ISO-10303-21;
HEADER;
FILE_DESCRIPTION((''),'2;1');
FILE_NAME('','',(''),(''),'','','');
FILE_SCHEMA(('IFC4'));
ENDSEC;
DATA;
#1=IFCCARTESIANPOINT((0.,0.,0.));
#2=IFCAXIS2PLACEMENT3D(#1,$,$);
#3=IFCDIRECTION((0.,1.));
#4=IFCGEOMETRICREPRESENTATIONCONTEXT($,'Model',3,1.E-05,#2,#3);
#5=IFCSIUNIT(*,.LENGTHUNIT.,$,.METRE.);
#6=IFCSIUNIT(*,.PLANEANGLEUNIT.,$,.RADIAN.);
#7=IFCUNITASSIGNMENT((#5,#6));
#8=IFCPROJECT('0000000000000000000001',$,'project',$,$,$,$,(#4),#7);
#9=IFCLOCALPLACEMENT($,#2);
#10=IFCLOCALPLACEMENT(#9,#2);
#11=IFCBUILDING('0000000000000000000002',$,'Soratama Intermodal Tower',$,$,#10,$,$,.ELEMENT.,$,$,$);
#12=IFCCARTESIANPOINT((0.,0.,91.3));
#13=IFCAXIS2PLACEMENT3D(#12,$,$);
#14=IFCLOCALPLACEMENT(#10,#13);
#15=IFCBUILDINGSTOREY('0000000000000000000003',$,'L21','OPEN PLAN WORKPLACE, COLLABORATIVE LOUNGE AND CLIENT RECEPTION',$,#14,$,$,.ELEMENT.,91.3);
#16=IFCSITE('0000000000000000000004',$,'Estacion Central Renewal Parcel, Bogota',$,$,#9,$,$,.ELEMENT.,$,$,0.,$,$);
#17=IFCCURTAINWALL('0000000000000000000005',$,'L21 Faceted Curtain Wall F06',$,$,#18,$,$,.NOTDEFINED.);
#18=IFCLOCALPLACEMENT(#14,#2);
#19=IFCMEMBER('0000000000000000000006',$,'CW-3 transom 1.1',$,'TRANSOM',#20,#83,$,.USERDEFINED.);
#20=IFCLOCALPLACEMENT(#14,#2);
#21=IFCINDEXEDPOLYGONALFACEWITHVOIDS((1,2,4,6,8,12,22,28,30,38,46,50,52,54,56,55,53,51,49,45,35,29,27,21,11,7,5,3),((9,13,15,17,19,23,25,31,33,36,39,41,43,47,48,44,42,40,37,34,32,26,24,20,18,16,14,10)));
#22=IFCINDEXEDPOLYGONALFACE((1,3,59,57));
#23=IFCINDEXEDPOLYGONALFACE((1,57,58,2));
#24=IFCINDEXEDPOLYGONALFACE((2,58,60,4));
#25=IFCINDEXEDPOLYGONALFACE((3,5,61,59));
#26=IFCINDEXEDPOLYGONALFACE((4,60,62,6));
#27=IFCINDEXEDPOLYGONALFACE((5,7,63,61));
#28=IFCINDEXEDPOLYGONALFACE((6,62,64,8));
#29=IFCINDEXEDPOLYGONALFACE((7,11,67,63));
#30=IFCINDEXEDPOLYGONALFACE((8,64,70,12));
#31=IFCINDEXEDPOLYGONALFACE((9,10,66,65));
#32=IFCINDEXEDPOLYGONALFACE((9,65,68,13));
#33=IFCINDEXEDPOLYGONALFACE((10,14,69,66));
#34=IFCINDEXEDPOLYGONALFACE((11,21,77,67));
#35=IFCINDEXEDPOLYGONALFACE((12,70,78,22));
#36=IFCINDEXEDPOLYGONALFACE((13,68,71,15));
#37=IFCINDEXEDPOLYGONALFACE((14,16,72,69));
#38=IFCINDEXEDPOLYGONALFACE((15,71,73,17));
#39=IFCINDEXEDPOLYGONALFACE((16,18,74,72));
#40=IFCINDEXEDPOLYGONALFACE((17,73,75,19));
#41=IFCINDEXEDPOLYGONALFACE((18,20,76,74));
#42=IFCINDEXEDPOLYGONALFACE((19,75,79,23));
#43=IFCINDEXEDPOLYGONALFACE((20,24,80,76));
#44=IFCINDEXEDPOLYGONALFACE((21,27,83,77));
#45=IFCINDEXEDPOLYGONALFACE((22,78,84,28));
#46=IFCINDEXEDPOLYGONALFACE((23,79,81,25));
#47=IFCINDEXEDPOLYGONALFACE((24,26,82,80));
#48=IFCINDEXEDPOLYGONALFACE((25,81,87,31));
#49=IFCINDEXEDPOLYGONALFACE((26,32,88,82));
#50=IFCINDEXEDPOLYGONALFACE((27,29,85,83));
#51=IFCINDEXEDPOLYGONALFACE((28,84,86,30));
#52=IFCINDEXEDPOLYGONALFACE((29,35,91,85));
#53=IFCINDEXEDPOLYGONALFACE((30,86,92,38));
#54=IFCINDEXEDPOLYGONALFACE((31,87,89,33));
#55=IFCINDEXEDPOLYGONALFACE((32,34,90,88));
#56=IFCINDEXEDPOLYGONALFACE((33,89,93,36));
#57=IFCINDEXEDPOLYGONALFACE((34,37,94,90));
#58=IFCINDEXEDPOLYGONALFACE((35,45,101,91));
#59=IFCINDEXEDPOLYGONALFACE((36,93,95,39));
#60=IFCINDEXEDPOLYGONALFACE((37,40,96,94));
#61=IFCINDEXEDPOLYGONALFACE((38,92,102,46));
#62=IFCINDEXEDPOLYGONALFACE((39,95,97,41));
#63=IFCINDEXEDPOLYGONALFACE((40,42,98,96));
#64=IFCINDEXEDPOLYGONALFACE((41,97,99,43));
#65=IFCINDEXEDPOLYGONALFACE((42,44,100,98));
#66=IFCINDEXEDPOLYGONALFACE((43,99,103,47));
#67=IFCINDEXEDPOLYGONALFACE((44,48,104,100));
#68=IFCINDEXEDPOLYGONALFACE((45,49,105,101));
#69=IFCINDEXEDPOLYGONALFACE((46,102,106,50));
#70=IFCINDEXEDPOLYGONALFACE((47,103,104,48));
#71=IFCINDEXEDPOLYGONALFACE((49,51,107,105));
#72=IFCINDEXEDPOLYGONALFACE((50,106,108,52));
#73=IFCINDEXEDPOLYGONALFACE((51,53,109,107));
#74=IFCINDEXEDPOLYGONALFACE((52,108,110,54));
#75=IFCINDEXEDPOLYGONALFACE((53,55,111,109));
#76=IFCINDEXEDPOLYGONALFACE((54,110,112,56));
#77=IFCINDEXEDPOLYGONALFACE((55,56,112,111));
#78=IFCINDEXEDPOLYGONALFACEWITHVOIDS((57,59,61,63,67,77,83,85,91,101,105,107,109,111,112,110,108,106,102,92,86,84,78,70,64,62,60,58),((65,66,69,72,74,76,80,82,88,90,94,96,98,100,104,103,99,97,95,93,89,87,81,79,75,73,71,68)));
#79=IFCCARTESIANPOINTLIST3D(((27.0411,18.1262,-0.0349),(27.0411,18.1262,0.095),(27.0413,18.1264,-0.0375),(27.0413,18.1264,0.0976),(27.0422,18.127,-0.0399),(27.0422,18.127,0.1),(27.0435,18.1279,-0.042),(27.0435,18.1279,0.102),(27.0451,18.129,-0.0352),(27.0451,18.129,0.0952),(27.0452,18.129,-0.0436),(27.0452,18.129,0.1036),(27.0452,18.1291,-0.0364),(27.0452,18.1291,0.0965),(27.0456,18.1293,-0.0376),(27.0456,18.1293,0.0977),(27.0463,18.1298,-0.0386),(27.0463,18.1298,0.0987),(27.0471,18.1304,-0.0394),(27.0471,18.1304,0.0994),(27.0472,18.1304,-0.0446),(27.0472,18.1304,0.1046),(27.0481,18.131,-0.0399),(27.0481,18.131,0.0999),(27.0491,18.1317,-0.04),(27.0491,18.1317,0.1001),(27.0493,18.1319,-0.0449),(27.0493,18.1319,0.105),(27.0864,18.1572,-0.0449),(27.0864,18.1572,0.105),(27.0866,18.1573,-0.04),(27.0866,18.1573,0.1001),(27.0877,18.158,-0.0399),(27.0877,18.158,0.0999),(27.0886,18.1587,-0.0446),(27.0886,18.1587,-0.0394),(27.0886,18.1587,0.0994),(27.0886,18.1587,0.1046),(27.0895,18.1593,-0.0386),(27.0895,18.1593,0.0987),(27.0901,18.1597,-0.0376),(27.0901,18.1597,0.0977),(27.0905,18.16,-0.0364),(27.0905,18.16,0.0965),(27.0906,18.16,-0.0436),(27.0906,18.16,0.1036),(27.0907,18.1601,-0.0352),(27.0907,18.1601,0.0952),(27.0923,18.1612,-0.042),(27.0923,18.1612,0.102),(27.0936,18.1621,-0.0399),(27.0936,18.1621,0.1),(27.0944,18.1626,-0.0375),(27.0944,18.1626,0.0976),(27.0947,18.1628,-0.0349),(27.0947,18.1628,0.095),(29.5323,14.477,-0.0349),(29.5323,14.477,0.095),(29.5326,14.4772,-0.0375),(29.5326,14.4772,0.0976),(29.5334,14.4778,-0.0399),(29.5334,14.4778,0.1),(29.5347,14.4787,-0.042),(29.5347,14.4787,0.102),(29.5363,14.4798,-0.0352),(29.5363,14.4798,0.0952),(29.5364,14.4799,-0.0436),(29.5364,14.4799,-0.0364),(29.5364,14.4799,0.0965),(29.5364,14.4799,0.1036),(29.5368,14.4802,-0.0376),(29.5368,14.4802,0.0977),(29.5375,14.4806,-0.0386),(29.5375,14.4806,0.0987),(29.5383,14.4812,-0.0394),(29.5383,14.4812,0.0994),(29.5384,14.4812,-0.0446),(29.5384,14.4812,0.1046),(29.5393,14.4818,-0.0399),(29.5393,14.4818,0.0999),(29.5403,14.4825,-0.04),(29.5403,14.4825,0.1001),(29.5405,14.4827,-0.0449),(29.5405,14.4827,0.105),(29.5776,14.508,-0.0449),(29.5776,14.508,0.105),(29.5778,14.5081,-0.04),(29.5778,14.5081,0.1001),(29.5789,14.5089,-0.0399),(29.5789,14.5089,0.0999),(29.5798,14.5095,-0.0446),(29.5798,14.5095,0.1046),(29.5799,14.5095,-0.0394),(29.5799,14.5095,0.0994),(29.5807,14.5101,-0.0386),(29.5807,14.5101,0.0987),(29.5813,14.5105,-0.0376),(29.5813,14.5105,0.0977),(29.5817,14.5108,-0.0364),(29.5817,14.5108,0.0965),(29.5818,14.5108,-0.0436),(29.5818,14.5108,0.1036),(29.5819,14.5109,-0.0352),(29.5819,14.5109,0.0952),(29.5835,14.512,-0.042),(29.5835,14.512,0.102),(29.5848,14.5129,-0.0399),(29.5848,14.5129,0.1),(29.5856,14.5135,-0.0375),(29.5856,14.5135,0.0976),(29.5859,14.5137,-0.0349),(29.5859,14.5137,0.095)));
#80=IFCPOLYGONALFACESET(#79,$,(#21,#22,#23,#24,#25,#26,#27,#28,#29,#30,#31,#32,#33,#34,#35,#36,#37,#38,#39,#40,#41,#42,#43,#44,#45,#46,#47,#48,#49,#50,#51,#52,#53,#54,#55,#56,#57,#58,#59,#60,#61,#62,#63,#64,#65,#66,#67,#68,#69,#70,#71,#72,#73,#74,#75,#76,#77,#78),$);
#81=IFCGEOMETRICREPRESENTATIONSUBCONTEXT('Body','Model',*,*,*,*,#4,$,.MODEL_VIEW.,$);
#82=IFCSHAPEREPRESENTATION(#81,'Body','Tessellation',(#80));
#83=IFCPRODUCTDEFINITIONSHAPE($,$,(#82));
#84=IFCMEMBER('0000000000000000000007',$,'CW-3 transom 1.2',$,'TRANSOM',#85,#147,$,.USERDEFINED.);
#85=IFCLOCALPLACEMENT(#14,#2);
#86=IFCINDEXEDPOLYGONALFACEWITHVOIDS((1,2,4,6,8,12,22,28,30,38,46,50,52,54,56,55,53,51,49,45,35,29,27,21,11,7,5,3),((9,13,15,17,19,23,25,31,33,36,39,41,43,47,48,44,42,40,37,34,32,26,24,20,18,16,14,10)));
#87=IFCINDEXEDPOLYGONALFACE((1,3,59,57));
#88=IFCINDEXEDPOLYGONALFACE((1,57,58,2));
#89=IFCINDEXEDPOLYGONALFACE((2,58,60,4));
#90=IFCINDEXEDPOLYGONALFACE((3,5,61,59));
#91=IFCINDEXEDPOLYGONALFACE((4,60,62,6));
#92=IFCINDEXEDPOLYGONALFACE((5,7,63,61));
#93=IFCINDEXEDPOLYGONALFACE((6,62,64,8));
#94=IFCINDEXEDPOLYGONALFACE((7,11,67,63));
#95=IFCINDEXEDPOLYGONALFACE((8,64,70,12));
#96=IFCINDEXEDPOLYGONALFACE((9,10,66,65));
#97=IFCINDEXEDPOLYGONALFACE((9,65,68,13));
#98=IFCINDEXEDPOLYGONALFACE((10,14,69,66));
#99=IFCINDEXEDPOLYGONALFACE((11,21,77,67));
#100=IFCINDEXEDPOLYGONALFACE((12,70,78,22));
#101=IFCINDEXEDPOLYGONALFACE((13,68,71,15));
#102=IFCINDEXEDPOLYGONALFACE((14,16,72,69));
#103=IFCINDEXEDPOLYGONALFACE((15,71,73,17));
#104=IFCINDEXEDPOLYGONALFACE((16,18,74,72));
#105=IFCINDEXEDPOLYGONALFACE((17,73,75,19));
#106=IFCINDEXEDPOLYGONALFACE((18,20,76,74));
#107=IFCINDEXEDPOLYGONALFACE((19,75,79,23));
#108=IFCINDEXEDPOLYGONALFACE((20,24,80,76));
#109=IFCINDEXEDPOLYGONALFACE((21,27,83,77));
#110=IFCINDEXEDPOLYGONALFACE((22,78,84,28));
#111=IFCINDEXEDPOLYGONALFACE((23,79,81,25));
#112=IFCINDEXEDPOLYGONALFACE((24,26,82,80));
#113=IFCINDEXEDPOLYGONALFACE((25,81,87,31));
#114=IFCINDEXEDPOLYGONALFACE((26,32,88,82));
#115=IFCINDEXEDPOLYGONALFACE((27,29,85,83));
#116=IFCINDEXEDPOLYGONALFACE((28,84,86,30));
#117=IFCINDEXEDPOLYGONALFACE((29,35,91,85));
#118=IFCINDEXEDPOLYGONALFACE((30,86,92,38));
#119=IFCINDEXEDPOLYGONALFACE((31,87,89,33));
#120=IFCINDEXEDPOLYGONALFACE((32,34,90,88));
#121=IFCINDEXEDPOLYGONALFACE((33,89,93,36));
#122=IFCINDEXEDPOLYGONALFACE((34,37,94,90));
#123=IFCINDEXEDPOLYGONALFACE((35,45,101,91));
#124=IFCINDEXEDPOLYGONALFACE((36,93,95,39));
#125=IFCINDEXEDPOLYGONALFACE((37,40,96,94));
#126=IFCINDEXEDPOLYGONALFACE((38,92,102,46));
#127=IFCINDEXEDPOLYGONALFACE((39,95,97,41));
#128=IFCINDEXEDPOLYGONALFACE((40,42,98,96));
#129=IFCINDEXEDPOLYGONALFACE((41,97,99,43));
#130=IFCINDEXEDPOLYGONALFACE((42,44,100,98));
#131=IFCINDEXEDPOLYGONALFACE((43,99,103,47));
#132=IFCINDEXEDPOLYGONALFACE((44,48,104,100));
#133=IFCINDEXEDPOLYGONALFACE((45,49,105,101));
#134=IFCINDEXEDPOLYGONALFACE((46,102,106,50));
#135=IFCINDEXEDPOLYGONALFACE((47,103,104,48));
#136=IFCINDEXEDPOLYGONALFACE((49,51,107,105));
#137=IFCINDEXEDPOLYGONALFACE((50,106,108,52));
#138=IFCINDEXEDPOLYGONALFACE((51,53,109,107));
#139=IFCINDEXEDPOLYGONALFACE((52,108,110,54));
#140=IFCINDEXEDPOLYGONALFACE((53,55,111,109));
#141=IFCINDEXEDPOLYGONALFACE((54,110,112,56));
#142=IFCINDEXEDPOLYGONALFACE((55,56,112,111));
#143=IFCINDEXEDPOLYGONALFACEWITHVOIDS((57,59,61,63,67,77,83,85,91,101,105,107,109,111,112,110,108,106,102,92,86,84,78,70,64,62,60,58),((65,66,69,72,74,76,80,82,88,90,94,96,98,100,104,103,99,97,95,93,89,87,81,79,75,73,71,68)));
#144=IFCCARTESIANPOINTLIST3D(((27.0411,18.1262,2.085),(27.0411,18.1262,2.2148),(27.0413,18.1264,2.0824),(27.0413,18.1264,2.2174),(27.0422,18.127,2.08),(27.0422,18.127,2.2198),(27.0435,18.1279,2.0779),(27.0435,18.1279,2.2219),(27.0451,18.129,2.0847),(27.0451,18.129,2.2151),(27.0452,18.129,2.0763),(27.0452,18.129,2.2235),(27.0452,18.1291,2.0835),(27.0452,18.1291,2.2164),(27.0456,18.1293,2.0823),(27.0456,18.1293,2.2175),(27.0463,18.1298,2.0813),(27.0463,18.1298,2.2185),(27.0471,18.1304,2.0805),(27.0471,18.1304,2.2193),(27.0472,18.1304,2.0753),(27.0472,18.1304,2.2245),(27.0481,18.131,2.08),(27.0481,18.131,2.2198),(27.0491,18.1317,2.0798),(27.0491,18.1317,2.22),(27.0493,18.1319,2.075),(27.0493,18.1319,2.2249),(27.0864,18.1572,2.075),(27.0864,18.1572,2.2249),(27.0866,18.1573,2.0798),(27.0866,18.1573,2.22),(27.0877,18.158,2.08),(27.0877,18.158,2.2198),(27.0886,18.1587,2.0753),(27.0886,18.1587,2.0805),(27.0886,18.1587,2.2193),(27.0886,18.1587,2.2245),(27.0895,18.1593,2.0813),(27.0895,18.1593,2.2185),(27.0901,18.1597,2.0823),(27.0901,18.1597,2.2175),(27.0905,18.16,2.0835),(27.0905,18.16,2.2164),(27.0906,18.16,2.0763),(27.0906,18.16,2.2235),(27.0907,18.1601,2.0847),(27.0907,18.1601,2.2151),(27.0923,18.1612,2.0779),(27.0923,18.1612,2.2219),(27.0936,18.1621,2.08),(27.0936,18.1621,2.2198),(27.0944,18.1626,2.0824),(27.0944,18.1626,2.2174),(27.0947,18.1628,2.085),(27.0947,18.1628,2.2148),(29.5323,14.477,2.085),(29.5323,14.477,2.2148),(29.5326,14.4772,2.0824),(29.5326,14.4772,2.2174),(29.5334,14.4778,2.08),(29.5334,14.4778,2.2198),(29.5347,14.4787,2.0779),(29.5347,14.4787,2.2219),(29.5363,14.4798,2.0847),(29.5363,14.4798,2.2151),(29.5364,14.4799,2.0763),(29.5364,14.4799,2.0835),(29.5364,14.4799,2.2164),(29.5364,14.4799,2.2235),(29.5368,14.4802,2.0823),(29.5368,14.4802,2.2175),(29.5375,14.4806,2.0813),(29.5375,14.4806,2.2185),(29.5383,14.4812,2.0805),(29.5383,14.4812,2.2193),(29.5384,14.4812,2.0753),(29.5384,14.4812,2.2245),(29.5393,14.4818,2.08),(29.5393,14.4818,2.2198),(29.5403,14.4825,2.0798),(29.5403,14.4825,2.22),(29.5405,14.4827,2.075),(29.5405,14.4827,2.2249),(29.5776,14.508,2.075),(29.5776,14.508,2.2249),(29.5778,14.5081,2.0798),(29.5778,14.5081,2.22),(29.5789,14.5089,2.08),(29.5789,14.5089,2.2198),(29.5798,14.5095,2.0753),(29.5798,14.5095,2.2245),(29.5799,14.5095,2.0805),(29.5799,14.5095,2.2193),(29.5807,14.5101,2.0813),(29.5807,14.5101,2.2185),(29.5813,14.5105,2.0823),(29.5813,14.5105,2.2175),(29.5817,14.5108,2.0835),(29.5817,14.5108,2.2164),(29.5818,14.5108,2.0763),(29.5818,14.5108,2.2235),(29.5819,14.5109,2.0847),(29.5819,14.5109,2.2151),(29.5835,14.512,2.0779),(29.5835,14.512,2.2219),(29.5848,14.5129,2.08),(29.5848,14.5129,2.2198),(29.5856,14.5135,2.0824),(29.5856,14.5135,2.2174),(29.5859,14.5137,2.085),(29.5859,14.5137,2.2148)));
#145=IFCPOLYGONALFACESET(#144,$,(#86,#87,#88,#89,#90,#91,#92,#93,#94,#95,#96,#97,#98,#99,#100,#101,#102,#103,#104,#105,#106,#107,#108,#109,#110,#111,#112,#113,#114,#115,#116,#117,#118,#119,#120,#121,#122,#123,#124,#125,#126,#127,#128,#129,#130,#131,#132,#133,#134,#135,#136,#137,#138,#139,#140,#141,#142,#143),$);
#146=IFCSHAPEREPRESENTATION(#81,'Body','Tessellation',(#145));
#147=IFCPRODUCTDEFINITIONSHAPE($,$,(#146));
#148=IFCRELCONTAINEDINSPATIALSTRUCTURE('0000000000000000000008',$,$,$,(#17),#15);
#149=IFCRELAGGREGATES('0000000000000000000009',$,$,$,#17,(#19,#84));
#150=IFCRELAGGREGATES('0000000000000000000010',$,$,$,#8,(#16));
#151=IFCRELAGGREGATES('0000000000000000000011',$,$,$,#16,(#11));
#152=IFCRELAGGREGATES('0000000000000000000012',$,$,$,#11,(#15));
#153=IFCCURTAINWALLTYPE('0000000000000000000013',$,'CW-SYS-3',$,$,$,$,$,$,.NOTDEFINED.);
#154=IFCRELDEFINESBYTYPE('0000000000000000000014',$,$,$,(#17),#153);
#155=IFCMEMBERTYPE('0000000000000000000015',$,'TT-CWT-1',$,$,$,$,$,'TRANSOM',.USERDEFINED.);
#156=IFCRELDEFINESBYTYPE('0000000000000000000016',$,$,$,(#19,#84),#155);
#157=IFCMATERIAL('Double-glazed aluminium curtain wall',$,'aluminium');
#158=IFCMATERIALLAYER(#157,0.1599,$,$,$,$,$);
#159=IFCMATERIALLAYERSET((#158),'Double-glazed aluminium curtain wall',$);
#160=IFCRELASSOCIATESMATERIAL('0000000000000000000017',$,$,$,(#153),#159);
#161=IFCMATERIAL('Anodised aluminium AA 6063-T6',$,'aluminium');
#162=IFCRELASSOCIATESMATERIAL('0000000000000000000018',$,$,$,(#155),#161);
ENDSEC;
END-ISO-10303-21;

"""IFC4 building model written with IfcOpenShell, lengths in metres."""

from ifc_helpers import new_model, si_unit, direction, frame, origin, origin_2d, place, context, subcontext, project, spatial, hollow_rectangle, extrude, material, layer, layer_set, material_profile, profile_set, type_object, element, aggregate, save


model = new_model("IFC4")

# Units and contexts
model_context = context("Model", 3, precision=1e-05, world=origin(), true_north=direction((0.0, 1.0)))
body_context = subcontext(model_context, "Body", "Model", "MODEL_VIEW")
ifc_project = project(units=[si_unit("LENGTHUNIT", "METRE"), si_unit("PLANEANGLEUNIT", "RADIAN")], contexts=[model_context])

# Site, building, storey
site_placement = place(None, origin())
site = spatial("IfcSite", under=ifc_project, at=site_placement, Name="Estacion Central Renewal Parcel, Bogota", CompositionType="ELEMENT", RefElevation=0.0)
building_placement = place(site_placement, origin())
building = spatial("IfcBuilding", under=site, at=building_placement, Name="Soratama Intermodal Tower", CompositionType="ELEMENT")
storey_placement = place(building_placement, frame((0.0, 0.0, 91.3)))
storey = spatial("IfcBuildingStorey", under=building, at=storey_placement, Name="L21", Description="OPEN PLAN WORKPLACE, COLLABORATIVE LOUNGE AND CLIENT RECEPTION", CompositionType="ELEMENT", Elevation=91.3)

# Curtain wall, members
ifc_material_1 = material(Name="Double-glazed aluminium curtain wall", Category="aluminium")
ifc_layer_1 = layer(ifc_material_1, 0.1599)
ifc_layer_set_1 = layer_set([ifc_layer_1], Name="Double-glazed aluminium curtain wall")
curtain_wall_type = type_object("IfcCurtainWallType", Name="CW-SYS-3", PredefinedType="NOTDEFINED", material=ifc_layer_set_1)
curtain_wall_placement = place(storey_placement, origin())
curtain_wall = element("IfcCurtainWall", 1, at=curtain_wall_placement, inside=storey, type_object=curtain_wall_type, Name="L21 Faceted Curtain Wall F06", PredefinedType="NOTDEFINED")
ifc_material_2 = material(Name="Anodised aluminium AA 6063-T6", Category="aluminium")
ifc_material_profile_1 = material_profile(ifc_material_2, hollow_rectangle(XDim=0.0649, YDim=0.1499, WallThickness=0.0049, InnerFilletRadius=0.0049, OuterFilletRadius=0.01, at=origin_2d()), Name="CWT150X65X5")
ifc_profile_set_1 = profile_set([ifc_material_profile_1], Name="Anodised aluminium AA 6063-T6")
member_type_1 = type_object("IfcMemberType", Name="TT-CWT-1", ElementType="TRANSOM", PredefinedType="USERDEFINED", material=ifc_profile_set_1)
member_1_placement = place(storey_placement, frame((27.0679, 18.1445, 0.03), z_axis=(0.563822, -0.825896, 0.0), x_axis=(0.825896, 0.563822, 0.0)))
member_1 = element("IfcMember", 2, at=member_1_placement, type_object=member_type_1, Name="CW-3 transom 1.1", ObjectType="TRANSOM", PredefinedType="USERDEFINED", context=body_context, shape_type="SweptSolid", body=[
    extrude(hollow_rectangle(XDim=0.0649, YDim=0.1499, WallThickness=0.0049, InnerFilletRadius=0.0049, OuterFilletRadius=0.01, at=origin_2d()), origin(), (0.0, 0.0, 1.0), 4.4185),
])
member_2_placement = place(storey_placement, frame((27.0679, 18.1445, 2.1499), z_axis=(0.563822, -0.825896, 0.0), x_axis=(0.825896, 0.563822, 0.0)))
member_2 = element("IfcMember", 3, at=member_2_placement, type_object=member_type_1, Name="CW-3 transom 1.2", ObjectType="TRANSOM", PredefinedType="USERDEFINED", context=body_context, shape_type="SweptSolid", body=[
    extrude(hollow_rectangle(XDim=0.0649, YDim=0.1499, WallThickness=0.0049, InnerFilletRadius=0.0049, OuterFilletRadius=0.01, at=origin_2d()), origin(), (0.0, 0.0, 1.0), 4.4185),
])
aggregate(curtain_wall, [member_1, member_2])

save(model, "model.ifc")
